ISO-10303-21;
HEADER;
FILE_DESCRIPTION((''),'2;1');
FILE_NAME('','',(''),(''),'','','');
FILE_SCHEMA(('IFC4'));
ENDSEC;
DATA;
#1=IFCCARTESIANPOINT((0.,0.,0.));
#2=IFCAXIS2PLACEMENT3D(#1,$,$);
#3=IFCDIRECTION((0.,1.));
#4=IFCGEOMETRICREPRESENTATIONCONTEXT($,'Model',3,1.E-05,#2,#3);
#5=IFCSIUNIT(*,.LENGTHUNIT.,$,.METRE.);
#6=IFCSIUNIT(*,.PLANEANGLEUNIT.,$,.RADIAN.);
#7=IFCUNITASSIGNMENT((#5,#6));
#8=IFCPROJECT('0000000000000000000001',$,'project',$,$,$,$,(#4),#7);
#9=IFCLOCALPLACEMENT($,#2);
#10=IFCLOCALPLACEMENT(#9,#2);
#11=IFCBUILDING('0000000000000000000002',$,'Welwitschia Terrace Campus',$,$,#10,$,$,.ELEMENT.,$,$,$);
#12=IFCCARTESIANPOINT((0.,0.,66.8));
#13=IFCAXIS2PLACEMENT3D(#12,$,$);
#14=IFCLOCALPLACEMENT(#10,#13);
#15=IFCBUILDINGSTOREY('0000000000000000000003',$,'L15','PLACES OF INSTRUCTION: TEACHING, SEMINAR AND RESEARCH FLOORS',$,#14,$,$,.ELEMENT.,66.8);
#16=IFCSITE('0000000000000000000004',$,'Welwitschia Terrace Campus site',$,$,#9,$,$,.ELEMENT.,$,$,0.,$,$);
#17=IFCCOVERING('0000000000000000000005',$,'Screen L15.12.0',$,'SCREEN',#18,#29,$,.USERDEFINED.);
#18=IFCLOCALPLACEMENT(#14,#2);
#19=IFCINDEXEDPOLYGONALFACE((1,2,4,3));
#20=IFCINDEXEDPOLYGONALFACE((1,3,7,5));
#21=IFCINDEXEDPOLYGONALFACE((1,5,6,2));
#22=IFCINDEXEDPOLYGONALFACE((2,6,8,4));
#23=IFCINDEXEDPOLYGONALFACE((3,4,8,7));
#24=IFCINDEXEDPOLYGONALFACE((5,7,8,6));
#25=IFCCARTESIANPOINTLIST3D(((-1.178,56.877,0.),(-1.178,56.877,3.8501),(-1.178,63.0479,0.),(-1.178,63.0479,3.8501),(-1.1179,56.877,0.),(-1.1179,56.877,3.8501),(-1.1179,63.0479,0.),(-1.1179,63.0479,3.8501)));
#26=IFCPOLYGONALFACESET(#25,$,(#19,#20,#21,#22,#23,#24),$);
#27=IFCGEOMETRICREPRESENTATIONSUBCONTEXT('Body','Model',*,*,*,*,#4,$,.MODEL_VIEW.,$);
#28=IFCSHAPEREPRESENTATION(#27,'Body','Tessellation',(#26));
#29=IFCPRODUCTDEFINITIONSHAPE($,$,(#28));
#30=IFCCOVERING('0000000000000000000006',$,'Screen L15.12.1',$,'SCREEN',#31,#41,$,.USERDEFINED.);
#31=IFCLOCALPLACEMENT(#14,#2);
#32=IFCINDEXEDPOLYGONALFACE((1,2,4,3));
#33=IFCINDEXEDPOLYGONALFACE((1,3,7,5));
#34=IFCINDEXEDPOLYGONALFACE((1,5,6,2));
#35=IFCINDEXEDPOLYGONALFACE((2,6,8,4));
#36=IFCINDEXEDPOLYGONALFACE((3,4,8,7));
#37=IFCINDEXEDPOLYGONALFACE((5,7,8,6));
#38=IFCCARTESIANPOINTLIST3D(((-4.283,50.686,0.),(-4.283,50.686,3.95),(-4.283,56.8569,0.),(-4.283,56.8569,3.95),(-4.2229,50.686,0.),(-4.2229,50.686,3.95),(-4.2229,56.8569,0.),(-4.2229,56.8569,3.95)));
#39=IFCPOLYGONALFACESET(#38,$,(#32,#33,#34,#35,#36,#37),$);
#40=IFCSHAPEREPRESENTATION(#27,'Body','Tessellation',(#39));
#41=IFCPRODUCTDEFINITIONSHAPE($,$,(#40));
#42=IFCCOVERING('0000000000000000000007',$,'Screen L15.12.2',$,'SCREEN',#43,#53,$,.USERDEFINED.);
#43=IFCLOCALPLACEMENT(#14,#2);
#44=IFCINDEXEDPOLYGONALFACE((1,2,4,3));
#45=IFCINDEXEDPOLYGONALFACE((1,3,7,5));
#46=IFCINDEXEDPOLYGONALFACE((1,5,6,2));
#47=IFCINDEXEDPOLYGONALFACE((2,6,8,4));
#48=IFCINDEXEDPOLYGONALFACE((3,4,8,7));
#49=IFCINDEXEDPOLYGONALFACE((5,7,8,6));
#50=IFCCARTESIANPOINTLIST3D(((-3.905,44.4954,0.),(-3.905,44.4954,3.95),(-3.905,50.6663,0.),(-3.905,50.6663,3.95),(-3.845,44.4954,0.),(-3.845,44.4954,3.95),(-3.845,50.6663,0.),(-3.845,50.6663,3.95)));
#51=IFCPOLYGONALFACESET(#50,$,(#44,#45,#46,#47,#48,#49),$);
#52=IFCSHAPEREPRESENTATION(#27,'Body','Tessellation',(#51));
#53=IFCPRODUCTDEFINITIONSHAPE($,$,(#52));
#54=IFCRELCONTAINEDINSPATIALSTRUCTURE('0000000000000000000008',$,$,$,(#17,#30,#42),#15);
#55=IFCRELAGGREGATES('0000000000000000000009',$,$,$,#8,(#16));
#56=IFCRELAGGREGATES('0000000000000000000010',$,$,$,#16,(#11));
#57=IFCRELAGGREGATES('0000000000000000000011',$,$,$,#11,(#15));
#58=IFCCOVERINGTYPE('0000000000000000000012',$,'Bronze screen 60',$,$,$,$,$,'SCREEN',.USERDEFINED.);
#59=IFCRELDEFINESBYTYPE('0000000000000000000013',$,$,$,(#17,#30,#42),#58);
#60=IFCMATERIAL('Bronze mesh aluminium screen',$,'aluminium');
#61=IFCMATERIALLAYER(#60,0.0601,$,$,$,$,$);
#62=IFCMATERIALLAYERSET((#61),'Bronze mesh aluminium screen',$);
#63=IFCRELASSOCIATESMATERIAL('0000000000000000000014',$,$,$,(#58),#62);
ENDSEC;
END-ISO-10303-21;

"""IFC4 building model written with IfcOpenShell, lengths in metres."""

from ifc_helpers import new_model, si_unit, direction, frame, origin, origin_2d, place, context, subcontext, project, spatial, rectangle, extrude, material, layer, layer_set, type_object, element, save


model = new_model("IFC4")

# Units and contexts
model_context = context("Model", 3, precision=1e-05, world=origin(), true_north=direction((0.0, 1.0)))
body_context = subcontext(model_context, "Body", "Model", "MODEL_VIEW")
ifc_project = project(units=[si_unit("LENGTHUNIT", "METRE"), si_unit("PLANEANGLEUNIT", "RADIAN")], contexts=[model_context])

# Site, building, storey
site_placement = place(None, origin())
site = spatial("IfcSite", under=ifc_project, at=site_placement, Name="Welwitschia Terrace Campus site", CompositionType="ELEMENT", RefElevation=0.0)
building_placement = place(site_placement, origin())
building = spatial("IfcBuilding", under=site, at=building_placement, Name="Welwitschia Terrace Campus", CompositionType="ELEMENT")
storey_placement = place(building_placement, frame((0.0, 0.0, 66.8)))
storey = spatial("IfcBuildingStorey", under=building, at=storey_placement, Name="L15", Description="PLACES OF INSTRUCTION: TEACHING, SEMINAR AND RESEARCH FLOORS", CompositionType="ELEMENT", Elevation=66.8)

# Coverings
ifc_material_1 = material(Name="Bronze mesh aluminium screen", Category="aluminium")
ifc_layer_1 = layer(ifc_material_1, 0.0601)
ifc_layer_set_1 = layer_set([ifc_layer_1], Name="Bronze mesh aluminium screen")
covering_type = type_object("IfcCoveringType", Name="Bronze screen 60", ElementType="SCREEN", PredefinedType="USERDEFINED", material=ifc_layer_set_1)
covering_placement = place(storey_placement, frame((-1.1479, 59.9624, 0.0), z_axis=(0.0, 0.0, 1.0), x_axis=(0.0, -1.0, 0.0)))
element("IfcCovering", 1, at=covering_placement, inside=storey, type_object=covering_type, Name="Screen L15.12.0", ObjectType="SCREEN", PredefinedType="USERDEFINED", context=body_context, shape_type="SweptSolid", body=[
    extrude(rectangle(XDim=6.1709, YDim=0.0601, at=origin_2d()), origin(), (0.0, 0.0, 1.0), 3.8501),
])
for number, where, z_axis, x_axis, name in (
    (2, (-4.2529, 53.7715, 0.0), (0.0, 0.0, 1.0), (0.0, -1.0, 0.0), "Screen L15.12.1"),
    (3, (-3.875, 47.5808, 0.0), (0.0, 0.0, 1.0), (0.0, -1.0, 0.0), "Screen L15.12.2"),
):
    element("IfcCovering", number, at=place(storey_placement, frame(where, z_axis=z_axis, x_axis=x_axis)), inside=storey, type_object=covering_type, Name=name, ObjectType="SCREEN", PredefinedType="USERDEFINED", context=body_context, shape_type="SweptSolid", body=[
        extrude(rectangle(XDim=6.1709, YDim=0.0601, at=origin_2d()), origin(), (0.0, 0.0, 1.0), 3.95),
    ])

save(model, "model.ifc")
